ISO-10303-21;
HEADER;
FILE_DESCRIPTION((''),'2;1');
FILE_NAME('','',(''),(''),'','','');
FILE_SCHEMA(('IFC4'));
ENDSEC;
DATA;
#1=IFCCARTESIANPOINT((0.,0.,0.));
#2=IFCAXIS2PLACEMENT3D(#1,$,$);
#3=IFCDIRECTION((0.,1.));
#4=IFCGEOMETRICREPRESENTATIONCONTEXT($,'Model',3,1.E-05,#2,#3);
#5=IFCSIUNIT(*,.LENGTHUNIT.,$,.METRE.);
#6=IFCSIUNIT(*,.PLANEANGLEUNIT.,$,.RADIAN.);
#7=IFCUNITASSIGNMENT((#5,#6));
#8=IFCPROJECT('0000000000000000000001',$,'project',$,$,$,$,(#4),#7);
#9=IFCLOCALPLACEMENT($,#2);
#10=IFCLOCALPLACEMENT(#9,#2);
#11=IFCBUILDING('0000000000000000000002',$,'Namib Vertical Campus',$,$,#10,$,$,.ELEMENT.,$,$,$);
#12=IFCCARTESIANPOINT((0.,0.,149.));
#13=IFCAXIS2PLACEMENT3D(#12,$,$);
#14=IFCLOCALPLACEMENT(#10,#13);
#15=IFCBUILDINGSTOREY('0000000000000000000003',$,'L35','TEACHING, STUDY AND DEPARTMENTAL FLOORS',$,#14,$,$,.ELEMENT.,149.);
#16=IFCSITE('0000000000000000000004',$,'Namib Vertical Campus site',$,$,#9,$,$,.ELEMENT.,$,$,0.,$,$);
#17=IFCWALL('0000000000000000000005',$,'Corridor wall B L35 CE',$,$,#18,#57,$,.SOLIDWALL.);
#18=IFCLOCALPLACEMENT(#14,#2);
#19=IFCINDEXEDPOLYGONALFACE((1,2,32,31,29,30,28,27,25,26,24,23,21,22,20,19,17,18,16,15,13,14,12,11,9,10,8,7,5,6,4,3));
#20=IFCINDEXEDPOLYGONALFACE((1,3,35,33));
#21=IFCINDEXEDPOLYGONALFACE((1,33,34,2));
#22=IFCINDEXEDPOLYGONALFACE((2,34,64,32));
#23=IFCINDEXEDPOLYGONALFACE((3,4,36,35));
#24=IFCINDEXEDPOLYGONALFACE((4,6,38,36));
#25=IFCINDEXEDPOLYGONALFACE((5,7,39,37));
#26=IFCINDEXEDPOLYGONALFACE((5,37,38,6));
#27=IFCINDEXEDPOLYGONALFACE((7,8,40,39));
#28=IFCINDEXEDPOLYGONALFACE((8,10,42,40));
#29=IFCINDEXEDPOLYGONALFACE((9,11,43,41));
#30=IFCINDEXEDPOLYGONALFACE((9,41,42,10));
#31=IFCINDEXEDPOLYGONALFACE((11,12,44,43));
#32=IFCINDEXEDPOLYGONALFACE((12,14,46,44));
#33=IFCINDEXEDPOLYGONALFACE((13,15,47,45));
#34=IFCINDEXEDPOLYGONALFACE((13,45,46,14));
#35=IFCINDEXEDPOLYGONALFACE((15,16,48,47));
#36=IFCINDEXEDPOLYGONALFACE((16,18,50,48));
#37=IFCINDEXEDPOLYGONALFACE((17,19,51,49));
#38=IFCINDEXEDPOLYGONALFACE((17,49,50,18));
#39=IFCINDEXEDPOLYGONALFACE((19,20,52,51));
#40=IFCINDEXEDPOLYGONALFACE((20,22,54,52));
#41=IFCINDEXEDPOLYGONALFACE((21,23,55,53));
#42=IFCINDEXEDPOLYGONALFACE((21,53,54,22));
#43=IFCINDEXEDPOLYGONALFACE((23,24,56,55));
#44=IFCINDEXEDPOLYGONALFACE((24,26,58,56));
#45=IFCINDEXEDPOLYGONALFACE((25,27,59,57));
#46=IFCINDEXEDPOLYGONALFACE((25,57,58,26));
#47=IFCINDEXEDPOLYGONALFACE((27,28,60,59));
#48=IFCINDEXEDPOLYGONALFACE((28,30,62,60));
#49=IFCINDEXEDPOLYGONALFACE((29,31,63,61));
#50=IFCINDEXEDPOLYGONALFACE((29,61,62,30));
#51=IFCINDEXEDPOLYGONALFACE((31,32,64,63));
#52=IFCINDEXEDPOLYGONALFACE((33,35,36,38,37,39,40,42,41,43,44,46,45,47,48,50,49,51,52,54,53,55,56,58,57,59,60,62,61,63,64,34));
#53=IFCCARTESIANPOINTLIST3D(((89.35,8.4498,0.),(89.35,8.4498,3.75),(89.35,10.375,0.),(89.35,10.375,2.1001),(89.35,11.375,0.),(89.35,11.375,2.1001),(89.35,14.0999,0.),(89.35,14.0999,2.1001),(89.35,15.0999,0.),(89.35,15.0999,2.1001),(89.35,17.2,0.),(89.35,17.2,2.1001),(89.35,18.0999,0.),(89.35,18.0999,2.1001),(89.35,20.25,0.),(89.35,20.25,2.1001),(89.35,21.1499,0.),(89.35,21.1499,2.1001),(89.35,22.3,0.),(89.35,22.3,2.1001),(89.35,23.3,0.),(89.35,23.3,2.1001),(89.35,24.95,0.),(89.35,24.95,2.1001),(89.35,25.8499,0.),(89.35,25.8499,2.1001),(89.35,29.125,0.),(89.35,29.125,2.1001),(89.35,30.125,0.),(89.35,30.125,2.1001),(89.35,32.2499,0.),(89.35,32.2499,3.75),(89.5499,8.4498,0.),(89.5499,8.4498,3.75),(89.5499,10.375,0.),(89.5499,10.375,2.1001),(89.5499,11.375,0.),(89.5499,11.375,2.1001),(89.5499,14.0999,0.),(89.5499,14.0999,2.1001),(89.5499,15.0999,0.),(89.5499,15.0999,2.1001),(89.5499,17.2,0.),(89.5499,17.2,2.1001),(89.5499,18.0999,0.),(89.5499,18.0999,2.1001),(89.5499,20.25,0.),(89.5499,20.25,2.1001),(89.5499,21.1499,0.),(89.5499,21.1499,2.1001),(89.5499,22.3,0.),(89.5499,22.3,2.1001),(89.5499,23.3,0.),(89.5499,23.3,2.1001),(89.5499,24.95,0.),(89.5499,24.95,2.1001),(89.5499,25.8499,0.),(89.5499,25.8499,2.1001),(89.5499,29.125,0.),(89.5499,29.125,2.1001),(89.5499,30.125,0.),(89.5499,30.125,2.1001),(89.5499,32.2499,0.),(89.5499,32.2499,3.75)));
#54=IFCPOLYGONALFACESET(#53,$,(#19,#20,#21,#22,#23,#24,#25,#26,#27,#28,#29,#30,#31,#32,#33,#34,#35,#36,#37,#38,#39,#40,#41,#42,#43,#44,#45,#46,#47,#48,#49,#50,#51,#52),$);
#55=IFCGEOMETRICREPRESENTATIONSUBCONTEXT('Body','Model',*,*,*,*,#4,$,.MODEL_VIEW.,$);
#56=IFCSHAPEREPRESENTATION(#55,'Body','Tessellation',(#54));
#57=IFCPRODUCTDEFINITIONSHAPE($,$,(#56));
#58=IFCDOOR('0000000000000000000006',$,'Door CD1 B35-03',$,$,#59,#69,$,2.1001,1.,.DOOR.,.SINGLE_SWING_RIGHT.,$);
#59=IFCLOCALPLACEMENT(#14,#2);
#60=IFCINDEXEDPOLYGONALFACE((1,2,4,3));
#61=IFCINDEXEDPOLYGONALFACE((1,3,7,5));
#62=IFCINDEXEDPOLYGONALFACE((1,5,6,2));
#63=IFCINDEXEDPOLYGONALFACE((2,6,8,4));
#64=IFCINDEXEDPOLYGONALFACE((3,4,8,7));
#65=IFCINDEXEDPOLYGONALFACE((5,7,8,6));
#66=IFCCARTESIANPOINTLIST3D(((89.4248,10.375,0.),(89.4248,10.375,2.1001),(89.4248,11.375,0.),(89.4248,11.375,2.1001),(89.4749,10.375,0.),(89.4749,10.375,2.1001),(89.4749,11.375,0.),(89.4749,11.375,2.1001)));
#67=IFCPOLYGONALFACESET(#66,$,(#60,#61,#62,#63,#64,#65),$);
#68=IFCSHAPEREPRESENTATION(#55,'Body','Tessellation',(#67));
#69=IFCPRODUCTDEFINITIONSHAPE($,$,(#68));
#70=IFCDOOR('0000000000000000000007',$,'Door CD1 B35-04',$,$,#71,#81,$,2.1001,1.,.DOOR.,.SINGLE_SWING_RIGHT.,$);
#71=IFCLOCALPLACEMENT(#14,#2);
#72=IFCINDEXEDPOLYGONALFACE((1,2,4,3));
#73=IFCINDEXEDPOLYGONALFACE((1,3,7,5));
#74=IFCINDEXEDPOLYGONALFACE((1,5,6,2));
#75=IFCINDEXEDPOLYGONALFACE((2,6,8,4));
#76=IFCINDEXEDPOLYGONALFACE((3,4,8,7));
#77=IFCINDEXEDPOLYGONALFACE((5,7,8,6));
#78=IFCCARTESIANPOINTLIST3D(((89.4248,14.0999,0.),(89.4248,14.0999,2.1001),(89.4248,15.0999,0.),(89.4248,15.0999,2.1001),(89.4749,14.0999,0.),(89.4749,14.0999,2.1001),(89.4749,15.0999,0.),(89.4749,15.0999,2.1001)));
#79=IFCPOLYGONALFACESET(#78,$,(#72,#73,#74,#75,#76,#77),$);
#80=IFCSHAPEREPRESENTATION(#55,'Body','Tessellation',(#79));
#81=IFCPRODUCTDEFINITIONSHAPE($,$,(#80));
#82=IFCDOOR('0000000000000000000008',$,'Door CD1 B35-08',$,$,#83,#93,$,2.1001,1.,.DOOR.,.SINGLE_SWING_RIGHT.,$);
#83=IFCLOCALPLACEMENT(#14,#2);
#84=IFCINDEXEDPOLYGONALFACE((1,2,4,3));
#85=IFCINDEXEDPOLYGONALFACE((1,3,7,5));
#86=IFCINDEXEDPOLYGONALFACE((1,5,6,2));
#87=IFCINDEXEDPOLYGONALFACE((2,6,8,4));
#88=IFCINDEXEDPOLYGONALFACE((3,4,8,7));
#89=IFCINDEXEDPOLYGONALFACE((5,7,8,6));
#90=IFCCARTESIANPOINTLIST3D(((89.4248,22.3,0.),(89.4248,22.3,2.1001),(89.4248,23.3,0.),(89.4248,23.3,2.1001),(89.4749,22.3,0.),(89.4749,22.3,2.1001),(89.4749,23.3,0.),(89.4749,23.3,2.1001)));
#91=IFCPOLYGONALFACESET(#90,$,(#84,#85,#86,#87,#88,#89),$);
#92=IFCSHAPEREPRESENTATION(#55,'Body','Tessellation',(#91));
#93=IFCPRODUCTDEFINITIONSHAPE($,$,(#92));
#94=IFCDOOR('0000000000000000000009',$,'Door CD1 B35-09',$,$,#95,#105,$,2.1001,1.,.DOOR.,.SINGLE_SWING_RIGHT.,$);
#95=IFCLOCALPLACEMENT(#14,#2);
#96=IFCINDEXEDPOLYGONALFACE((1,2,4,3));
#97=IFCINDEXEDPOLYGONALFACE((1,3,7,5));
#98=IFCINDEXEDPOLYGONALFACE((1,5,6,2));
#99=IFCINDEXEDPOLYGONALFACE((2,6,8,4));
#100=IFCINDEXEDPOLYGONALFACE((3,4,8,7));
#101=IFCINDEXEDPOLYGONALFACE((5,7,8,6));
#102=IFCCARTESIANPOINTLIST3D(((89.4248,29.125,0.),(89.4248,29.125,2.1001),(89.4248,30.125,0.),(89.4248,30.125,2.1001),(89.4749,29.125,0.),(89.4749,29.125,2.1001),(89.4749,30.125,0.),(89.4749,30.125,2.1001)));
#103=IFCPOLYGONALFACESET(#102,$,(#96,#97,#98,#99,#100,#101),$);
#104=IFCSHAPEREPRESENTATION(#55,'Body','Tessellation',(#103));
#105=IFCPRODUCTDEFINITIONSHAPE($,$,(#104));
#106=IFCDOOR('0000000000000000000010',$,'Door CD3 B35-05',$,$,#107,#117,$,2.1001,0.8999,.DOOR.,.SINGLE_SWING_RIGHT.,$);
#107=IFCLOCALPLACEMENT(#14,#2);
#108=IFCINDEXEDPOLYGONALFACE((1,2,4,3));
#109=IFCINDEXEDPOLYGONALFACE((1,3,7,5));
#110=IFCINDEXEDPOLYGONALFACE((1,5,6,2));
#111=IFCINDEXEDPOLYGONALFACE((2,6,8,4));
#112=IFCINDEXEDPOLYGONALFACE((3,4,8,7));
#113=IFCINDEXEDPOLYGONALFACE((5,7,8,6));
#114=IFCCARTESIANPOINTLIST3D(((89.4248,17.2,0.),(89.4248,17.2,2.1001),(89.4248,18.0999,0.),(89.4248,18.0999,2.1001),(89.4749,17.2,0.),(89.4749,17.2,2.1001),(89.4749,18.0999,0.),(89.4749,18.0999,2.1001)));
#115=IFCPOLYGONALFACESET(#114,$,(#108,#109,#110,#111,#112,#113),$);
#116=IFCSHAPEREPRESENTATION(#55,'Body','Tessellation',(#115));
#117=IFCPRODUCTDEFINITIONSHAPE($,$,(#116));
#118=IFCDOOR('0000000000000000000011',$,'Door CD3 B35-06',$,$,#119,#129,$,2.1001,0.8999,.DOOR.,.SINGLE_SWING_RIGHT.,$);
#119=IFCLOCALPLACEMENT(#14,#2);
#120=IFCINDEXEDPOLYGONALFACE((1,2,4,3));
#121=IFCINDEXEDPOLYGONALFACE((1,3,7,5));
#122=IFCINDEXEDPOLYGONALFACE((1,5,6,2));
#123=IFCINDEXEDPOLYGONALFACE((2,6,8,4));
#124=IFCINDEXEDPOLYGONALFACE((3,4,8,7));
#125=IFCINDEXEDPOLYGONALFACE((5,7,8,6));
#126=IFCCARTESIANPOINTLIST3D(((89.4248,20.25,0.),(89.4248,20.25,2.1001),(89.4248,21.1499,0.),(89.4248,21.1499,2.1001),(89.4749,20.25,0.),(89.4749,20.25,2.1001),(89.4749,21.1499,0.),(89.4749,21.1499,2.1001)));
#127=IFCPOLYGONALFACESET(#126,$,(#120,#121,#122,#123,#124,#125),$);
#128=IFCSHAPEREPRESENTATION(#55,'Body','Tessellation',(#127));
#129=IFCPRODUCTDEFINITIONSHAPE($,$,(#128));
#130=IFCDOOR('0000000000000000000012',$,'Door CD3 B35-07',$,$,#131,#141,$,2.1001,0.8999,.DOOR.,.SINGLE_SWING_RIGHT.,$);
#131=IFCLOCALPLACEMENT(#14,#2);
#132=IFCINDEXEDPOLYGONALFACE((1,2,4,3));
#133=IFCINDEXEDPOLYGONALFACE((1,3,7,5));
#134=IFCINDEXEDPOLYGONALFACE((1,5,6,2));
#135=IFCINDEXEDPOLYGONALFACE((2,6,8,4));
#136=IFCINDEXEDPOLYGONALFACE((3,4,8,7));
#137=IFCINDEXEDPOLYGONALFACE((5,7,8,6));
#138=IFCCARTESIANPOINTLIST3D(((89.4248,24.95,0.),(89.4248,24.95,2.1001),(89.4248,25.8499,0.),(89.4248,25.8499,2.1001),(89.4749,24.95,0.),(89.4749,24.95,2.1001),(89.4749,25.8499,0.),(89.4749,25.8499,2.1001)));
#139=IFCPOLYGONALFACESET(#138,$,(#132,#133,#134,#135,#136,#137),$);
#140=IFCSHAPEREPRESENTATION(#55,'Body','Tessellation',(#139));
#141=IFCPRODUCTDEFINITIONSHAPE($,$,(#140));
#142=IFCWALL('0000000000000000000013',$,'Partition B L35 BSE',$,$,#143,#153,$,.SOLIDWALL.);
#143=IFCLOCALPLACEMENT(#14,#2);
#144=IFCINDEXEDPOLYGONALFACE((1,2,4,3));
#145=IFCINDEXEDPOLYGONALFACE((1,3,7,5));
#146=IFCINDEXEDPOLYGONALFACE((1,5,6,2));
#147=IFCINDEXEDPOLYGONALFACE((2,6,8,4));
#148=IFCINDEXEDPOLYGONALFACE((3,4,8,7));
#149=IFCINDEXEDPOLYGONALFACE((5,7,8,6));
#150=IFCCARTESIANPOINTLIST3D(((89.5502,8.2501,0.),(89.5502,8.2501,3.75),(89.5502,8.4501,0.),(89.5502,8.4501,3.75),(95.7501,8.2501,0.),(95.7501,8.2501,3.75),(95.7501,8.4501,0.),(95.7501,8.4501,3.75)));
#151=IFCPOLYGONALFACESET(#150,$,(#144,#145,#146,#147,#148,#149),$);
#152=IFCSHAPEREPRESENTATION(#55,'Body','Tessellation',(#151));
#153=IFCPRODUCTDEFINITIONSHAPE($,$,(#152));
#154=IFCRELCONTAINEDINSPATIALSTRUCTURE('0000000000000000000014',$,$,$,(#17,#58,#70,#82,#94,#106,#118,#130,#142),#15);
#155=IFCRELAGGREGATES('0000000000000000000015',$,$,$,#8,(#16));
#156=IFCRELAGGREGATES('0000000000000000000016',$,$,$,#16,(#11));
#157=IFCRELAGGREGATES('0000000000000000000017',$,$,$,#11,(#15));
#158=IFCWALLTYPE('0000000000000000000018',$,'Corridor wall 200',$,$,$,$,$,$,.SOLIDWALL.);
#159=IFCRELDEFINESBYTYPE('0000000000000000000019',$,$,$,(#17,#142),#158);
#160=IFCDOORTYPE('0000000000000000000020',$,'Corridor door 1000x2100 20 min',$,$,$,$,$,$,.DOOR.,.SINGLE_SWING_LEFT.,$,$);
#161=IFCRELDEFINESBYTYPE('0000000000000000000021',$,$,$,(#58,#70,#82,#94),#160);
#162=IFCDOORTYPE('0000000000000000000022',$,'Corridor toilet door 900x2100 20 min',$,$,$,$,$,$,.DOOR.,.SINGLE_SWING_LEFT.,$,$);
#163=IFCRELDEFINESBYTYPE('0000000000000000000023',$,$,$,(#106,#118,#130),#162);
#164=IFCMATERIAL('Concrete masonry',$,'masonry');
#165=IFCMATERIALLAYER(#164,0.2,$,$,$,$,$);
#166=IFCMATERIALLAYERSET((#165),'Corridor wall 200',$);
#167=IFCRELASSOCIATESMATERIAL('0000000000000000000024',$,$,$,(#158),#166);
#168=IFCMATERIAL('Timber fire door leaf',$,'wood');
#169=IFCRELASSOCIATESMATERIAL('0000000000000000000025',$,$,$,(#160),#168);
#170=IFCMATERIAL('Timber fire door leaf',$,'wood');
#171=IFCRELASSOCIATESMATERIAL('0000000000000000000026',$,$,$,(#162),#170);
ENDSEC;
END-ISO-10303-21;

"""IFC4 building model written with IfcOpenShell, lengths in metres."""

from ifc_helpers import new_model, si_unit, direction, frame, frame_2d, origin, place, context, subcontext, project, spatial, rectangle, extrude, material, layer, layer_set, type_object, element, fill, save


model = new_model("IFC4")

# Units and contexts
model_context = context("Model", 3, precision=1e-05, world=origin(), true_north=direction((0.0, 1.0)))
body_context = subcontext(model_context, "Body", "Model", "MODEL_VIEW")
ifc_project = project(units=[si_unit("LENGTHUNIT", "METRE"), si_unit("PLANEANGLEUNIT", "RADIAN")], contexts=[model_context])

# Site, building, storey
site_placement = place(None, origin())
site = spatial("IfcSite", under=ifc_project, at=site_placement, Name="Namib Vertical Campus site", CompositionType="ELEMENT", RefElevation=0.0)
building_placement = place(site_placement, origin())
building = spatial("IfcBuilding", under=site, at=building_placement, Name="Namib Vertical Campus", CompositionType="ELEMENT")
storey_placement = place(building_placement, frame((0.0, 0.0, 149.0)))
storey = spatial("IfcBuildingStorey", under=building, at=storey_placement, Name="L35", Description="TEACHING, STUDY AND DEPARTMENTAL FLOORS", CompositionType="ELEMENT", Elevation=149.0)

# Wall, openings, doors
ifc_material_1 = material(Name="Concrete masonry", Category="masonry")
ifc_layer_1 = layer(ifc_material_1, 0.2)
ifc_layer_set_1 = layer_set([ifc_layer_1], Name="Corridor wall 200")
wall_type_1 = type_object("IfcWallType", Name="Corridor wall 200", PredefinedType="SOLIDWALL", material=ifc_layer_set_1)
wall_1_placement = place(storey_placement, frame((89.45, 8.45, 0.0), z_axis=(0.0, 0.0, 1.0), x_axis=(0.0, 1.0, 0.0)))
wall_1 = element("IfcWall", 1, at=wall_1_placement, inside=storey, type_object=wall_type_1, Name="Corridor wall B L35 CE", PredefinedType="SOLIDWALL", context=body_context, shape_type="SweptSolid", body=[
    extrude(rectangle(XDim=23.8, YDim=0.2, at=frame_2d((11.8999, 0.0))), origin(), (0.0, 0.0, 1.0), 3.75),
])
opening_1_placement = place(wall_1_placement, frame((1.925, 0.0, 0.0)))
opening_1 = element("IfcOpeningElement", 2, at=opening_1_placement, cuts=wall_1, PredefinedType="OPENING", context=body_context, shape_type="SweptSolid", body=[
    extrude(rectangle(XDim=1.0, YDim=2.1001, at=frame_2d((0.5, 1.05))), frame((0.0, 0.1099, 0.0), z_axis=(0.0, -1.0, 0.0), x_axis=(1.0, 0.0, 0.0)), (0.0, 0.0, 1.0), 0.22),
])
opening_2_placement = place(wall_1_placement, frame((5.6499, 0.0, 0.0)))
opening_2 = element("IfcOpeningElement", 3, at=opening_2_placement, cuts=wall_1, PredefinedType="OPENING", context=body_context, shape_type="SweptSolid", body=[
    extrude(rectangle(XDim=1.0, YDim=2.1001, at=frame_2d((0.5, 1.05))), frame((0.0, 0.1099, 0.0), z_axis=(0.0, -1.0, 0.0), x_axis=(1.0, 0.0, 0.0)), (0.0, 0.0, 1.0), 0.22),
])
opening_3_placement = place(wall_1_placement, frame((8.75, 0.0, 0.0)))
opening_3 = element("IfcOpeningElement", 4, at=opening_3_placement, cuts=wall_1, PredefinedType="OPENING", context=body_context, shape_type="SweptSolid", body=[
    extrude(rectangle(XDim=0.8999, YDim=2.1001, at=frame_2d((0.45, 1.05))), frame((0.0, 0.1099, 0.0), z_axis=(0.0, -1.0, 0.0), x_axis=(1.0, 0.0, 0.0)), (0.0, 0.0, 1.0), 0.22),
])
opening_4_placement = place(wall_1_placement, frame((11.8, 0.0, 0.0)))
opening_4 = element("IfcOpeningElement", 5, at=opening_4_placement, cuts=wall_1, PredefinedType="OPENING", context=body_context, shape_type="SweptSolid", body=[
    extrude(rectangle(XDim=0.8999, YDim=2.1001, at=frame_2d((0.45, 1.05))), frame((0.0, 0.1099, 0.0), z_axis=(0.0, -1.0, 0.0), x_axis=(1.0, 0.0, 0.0)), (0.0, 0.0, 1.0), 0.22),
])
opening_5_placement = place(wall_1_placement, frame((16.5, 0.0, 0.0)))
opening_5 = element("IfcOpeningElement", 6, at=opening_5_placement, cuts=wall_1, PredefinedType="OPENING", context=body_context, shape_type="SweptSolid", body=[
    extrude(rectangle(XDim=0.8999, YDim=2.1001, at=frame_2d((0.45, 1.05))), frame((0.0, 0.1099, 0.0), z_axis=(0.0, -1.0, 0.0), x_axis=(1.0, 0.0, 0.0)), (0.0, 0.0, 1.0), 0.22),
])
opening_6_placement = place(wall_1_placement, frame((13.8501, 0.0, 0.0)))
opening_6 = element("IfcOpeningElement", 7, at=opening_6_placement, cuts=wall_1, PredefinedType="OPENING", context=body_context, shape_type="SweptSolid", body=[
    extrude(rectangle(XDim=1.0, YDim=2.1001, at=frame_2d((0.5, 1.05))), frame((0.0, 0.1099, 0.0), z_axis=(0.0, -1.0, 0.0), x_axis=(1.0, 0.0, 0.0)), (0.0, 0.0, 1.0), 0.22),
])
opening_7_placement = place(wall_1_placement, frame((20.675, 0.0, 0.0)))
opening_7 = element("IfcOpeningElement", 8, at=opening_7_placement, cuts=wall_1, PredefinedType="OPENING", context=body_context, shape_type="SweptSolid", body=[
    extrude(rectangle(XDim=1.0, YDim=2.1001, at=frame_2d((0.5, 1.05))), frame((0.0, 0.1099, 0.0), z_axis=(0.0, -1.0, 0.0), x_axis=(1.0, 0.0, 0.0)), (0.0, 0.0, 1.0), 0.22),
])
ifc_material_2 = material(Name="Timber fire door leaf", Category="wood")
door_type_1 = type_object("IfcDoorType", Name="Corridor door 1000x2100 20 min", OperationType="SINGLE_SWING_LEFT", PredefinedType="DOOR", material=ifc_material_2)
door_1_placement = place(opening_1_placement, frame((1.0, 0.0, 0.0), z_axis=(0.0, 0.0, 1.0), x_axis=(-1.0, 0.0, 0.0)))
door_1 = element("IfcDoor", 9, at=door_1_placement, inside=storey, type_object=door_type_1, Name="Door CD1 B35-03", OperationType="SINGLE_SWING_RIGHT", OverallHeight=2.1001, OverallWidth=1.0, PredefinedType="DOOR", context=body_context, shape_type="SweptSolid", body=[
    extrude(rectangle(XDim=1.0, YDim=2.1001, at=frame_2d((0.5, 1.05))), frame((0.0, 0.0249, 0.0), z_axis=(0.0, -1.0, 0.0), x_axis=(1.0, 0.0, 0.0)), (0.0, 0.0, 1.0), 0.05),
])
fill(opening_1, door_1)
door_2_placement = place(opening_2_placement, frame((1.0, 0.0, 0.0), z_axis=(0.0, 0.0, 1.0), x_axis=(-1.0, 0.0, 0.0)))
door_2 = element("IfcDoor", 10, at=door_2_placement, inside=storey, type_object=door_type_1, Name="Door CD1 B35-04", OperationType="SINGLE_SWING_RIGHT", OverallHeight=2.1001, OverallWidth=1.0, PredefinedType="DOOR", context=body_context, shape_type="SweptSolid", body=[
    extrude(rectangle(XDim=1.0, YDim=2.1001, at=frame_2d((0.5, 1.05))), frame((0.0, 0.0249, 0.0), z_axis=(0.0, -1.0, 0.0), x_axis=(1.0, 0.0, 0.0)), (0.0, 0.0, 1.0), 0.05),
])
fill(opening_2, door_2)
door_3_placement = place(opening_6_placement, frame((1.0, 0.0, 0.0), z_axis=(0.0, 0.0, 1.0), x_axis=(-1.0, 0.0, 0.0)))
door_3 = element("IfcDoor", 11, at=door_3_placement, inside=storey, type_object=door_type_1, Name="Door CD1 B35-08", OperationType="SINGLE_SWING_RIGHT", OverallHeight=2.1001, OverallWidth=1.0, PredefinedType="DOOR", context=body_context, shape_type="SweptSolid", body=[
    extrude(rectangle(XDim=1.0, YDim=2.1001, at=frame_2d((0.5, 1.05))), frame((0.0, 0.0249, 0.0), z_axis=(0.0, -1.0, 0.0), x_axis=(1.0, 0.0, 0.0)), (0.0, 0.0, 1.0), 0.05),
])
fill(opening_6, door_3)
door_4_placement = place(opening_7_placement, frame((1.0, 0.0, 0.0), z_axis=(0.0, 0.0, 1.0), x_axis=(-1.0, 0.0, 0.0)))
door_4 = element("IfcDoor", 12, at=door_4_placement, inside=storey, type_object=door_type_1, Name="Door CD1 B35-09", OperationType="SINGLE_SWING_RIGHT", OverallHeight=2.1001, OverallWidth=1.0, PredefinedType="DOOR", context=body_context, shape_type="SweptSolid", body=[
    extrude(rectangle(XDim=1.0, YDim=2.1001, at=frame_2d((0.5, 1.05))), frame((0.0, 0.0249, 0.0), z_axis=(0.0, -1.0, 0.0), x_axis=(1.0, 0.0, 0.0)), (0.0, 0.0, 1.0), 0.05),
])
fill(opening_7, door_4)
ifc_material_3 = material(Name="Timber fire door leaf", Category="wood")
door_type_2 = type_object("IfcDoorType", Name="Corridor toilet door 900x2100 20 min", OperationType="SINGLE_SWING_LEFT", PredefinedType="DOOR", material=ifc_material_3)
door_5_placement = place(opening_3_placement, frame((0.8999, 0.0, 0.0), z_axis=(0.0, 0.0, 1.0), x_axis=(-1.0, 0.0, 0.0)))
door_5 = element("IfcDoor", 13, at=door_5_placement, inside=storey, type_object=door_type_2, Name="Door CD3 B35-05", OperationType="SINGLE_SWING_RIGHT", OverallHeight=2.1001, OverallWidth=0.8999, PredefinedType="DOOR", context=body_context, shape_type="SweptSolid", body=[
    extrude(rectangle(XDim=0.8999, YDim=2.1001, at=frame_2d((0.45, 1.05))), frame((0.0, 0.0249, 0.0), z_axis=(0.0, -1.0, 0.0), x_axis=(1.0, 0.0, 0.0)), (0.0, 0.0, 1.0), 0.05),
])
fill(opening_3, door_5)
door_6_placement = place(opening_4_placement, frame((0.8999, 0.0, 0.0), z_axis=(0.0, 0.0, 1.0), x_axis=(-1.0, 0.0, 0.0)))
door_6 = element("IfcDoor", 14, at=door_6_placement, inside=storey, type_object=door_type_2, Name="Door CD3 B35-06", OperationType="SINGLE_SWING_RIGHT", OverallHeight=2.1001, OverallWidth=0.8999, PredefinedType="DOOR", context=body_context, shape_type="SweptSolid", body=[
    extrude(rectangle(XDim=0.8999, YDim=2.1001, at=frame_2d((0.45, 1.05))), frame((0.0, 0.0249, 0.0), z_axis=(0.0, -1.0, 0.0), x_axis=(1.0, 0.0, 0.0)), (0.0, 0.0, 1.0), 0.05),
])
fill(opening_4, door_6)
door_7_placement = place(opening_5_placement, frame((0.8999, 0.0, 0.0), z_axis=(0.0, 0.0, 1.0), x_axis=(-1.0, 0.0, 0.0)))
door_7 = element("IfcDoor", 15, at=door_7_placement, inside=storey, type_object=door_type_2, Name="Door CD3 B35-07", OperationType="SINGLE_SWING_RIGHT", OverallHeight=2.1001, OverallWidth=0.8999, PredefinedType="DOOR", context=body_context, shape_type="SweptSolid", body=[
    extrude(rectangle(XDim=0.8999, YDim=2.1001, at=frame_2d((0.45, 1.05))), frame((0.0, 0.0249, 0.0), z_axis=(0.0, -1.0, 0.0), x_axis=(1.0, 0.0, 0.0)), (0.0, 0.0, 1.0), 0.05),
])
fill(opening_5, door_7)

# Wall
wall_2_placement = place(storey_placement, frame((89.55, 8.3501, 0.0), z_axis=(0.0, 0.0, 1.0), x_axis=(1.0, 0.0, 0.0)))
element("IfcWall", 16, at=wall_2_placement, inside=storey, type_object=wall_type_1, Name="Partition B L35 BSE", PredefinedType="SOLIDWALL", context=body_context, shape_type="SweptSolid", body=[
    extrude(rectangle(XDim=6.2, YDim=0.2, at=frame_2d((3.1001, 0.0))), origin(), (0.0, 0.0, 1.0), 3.75),
])

save(model, "model.ifc")
